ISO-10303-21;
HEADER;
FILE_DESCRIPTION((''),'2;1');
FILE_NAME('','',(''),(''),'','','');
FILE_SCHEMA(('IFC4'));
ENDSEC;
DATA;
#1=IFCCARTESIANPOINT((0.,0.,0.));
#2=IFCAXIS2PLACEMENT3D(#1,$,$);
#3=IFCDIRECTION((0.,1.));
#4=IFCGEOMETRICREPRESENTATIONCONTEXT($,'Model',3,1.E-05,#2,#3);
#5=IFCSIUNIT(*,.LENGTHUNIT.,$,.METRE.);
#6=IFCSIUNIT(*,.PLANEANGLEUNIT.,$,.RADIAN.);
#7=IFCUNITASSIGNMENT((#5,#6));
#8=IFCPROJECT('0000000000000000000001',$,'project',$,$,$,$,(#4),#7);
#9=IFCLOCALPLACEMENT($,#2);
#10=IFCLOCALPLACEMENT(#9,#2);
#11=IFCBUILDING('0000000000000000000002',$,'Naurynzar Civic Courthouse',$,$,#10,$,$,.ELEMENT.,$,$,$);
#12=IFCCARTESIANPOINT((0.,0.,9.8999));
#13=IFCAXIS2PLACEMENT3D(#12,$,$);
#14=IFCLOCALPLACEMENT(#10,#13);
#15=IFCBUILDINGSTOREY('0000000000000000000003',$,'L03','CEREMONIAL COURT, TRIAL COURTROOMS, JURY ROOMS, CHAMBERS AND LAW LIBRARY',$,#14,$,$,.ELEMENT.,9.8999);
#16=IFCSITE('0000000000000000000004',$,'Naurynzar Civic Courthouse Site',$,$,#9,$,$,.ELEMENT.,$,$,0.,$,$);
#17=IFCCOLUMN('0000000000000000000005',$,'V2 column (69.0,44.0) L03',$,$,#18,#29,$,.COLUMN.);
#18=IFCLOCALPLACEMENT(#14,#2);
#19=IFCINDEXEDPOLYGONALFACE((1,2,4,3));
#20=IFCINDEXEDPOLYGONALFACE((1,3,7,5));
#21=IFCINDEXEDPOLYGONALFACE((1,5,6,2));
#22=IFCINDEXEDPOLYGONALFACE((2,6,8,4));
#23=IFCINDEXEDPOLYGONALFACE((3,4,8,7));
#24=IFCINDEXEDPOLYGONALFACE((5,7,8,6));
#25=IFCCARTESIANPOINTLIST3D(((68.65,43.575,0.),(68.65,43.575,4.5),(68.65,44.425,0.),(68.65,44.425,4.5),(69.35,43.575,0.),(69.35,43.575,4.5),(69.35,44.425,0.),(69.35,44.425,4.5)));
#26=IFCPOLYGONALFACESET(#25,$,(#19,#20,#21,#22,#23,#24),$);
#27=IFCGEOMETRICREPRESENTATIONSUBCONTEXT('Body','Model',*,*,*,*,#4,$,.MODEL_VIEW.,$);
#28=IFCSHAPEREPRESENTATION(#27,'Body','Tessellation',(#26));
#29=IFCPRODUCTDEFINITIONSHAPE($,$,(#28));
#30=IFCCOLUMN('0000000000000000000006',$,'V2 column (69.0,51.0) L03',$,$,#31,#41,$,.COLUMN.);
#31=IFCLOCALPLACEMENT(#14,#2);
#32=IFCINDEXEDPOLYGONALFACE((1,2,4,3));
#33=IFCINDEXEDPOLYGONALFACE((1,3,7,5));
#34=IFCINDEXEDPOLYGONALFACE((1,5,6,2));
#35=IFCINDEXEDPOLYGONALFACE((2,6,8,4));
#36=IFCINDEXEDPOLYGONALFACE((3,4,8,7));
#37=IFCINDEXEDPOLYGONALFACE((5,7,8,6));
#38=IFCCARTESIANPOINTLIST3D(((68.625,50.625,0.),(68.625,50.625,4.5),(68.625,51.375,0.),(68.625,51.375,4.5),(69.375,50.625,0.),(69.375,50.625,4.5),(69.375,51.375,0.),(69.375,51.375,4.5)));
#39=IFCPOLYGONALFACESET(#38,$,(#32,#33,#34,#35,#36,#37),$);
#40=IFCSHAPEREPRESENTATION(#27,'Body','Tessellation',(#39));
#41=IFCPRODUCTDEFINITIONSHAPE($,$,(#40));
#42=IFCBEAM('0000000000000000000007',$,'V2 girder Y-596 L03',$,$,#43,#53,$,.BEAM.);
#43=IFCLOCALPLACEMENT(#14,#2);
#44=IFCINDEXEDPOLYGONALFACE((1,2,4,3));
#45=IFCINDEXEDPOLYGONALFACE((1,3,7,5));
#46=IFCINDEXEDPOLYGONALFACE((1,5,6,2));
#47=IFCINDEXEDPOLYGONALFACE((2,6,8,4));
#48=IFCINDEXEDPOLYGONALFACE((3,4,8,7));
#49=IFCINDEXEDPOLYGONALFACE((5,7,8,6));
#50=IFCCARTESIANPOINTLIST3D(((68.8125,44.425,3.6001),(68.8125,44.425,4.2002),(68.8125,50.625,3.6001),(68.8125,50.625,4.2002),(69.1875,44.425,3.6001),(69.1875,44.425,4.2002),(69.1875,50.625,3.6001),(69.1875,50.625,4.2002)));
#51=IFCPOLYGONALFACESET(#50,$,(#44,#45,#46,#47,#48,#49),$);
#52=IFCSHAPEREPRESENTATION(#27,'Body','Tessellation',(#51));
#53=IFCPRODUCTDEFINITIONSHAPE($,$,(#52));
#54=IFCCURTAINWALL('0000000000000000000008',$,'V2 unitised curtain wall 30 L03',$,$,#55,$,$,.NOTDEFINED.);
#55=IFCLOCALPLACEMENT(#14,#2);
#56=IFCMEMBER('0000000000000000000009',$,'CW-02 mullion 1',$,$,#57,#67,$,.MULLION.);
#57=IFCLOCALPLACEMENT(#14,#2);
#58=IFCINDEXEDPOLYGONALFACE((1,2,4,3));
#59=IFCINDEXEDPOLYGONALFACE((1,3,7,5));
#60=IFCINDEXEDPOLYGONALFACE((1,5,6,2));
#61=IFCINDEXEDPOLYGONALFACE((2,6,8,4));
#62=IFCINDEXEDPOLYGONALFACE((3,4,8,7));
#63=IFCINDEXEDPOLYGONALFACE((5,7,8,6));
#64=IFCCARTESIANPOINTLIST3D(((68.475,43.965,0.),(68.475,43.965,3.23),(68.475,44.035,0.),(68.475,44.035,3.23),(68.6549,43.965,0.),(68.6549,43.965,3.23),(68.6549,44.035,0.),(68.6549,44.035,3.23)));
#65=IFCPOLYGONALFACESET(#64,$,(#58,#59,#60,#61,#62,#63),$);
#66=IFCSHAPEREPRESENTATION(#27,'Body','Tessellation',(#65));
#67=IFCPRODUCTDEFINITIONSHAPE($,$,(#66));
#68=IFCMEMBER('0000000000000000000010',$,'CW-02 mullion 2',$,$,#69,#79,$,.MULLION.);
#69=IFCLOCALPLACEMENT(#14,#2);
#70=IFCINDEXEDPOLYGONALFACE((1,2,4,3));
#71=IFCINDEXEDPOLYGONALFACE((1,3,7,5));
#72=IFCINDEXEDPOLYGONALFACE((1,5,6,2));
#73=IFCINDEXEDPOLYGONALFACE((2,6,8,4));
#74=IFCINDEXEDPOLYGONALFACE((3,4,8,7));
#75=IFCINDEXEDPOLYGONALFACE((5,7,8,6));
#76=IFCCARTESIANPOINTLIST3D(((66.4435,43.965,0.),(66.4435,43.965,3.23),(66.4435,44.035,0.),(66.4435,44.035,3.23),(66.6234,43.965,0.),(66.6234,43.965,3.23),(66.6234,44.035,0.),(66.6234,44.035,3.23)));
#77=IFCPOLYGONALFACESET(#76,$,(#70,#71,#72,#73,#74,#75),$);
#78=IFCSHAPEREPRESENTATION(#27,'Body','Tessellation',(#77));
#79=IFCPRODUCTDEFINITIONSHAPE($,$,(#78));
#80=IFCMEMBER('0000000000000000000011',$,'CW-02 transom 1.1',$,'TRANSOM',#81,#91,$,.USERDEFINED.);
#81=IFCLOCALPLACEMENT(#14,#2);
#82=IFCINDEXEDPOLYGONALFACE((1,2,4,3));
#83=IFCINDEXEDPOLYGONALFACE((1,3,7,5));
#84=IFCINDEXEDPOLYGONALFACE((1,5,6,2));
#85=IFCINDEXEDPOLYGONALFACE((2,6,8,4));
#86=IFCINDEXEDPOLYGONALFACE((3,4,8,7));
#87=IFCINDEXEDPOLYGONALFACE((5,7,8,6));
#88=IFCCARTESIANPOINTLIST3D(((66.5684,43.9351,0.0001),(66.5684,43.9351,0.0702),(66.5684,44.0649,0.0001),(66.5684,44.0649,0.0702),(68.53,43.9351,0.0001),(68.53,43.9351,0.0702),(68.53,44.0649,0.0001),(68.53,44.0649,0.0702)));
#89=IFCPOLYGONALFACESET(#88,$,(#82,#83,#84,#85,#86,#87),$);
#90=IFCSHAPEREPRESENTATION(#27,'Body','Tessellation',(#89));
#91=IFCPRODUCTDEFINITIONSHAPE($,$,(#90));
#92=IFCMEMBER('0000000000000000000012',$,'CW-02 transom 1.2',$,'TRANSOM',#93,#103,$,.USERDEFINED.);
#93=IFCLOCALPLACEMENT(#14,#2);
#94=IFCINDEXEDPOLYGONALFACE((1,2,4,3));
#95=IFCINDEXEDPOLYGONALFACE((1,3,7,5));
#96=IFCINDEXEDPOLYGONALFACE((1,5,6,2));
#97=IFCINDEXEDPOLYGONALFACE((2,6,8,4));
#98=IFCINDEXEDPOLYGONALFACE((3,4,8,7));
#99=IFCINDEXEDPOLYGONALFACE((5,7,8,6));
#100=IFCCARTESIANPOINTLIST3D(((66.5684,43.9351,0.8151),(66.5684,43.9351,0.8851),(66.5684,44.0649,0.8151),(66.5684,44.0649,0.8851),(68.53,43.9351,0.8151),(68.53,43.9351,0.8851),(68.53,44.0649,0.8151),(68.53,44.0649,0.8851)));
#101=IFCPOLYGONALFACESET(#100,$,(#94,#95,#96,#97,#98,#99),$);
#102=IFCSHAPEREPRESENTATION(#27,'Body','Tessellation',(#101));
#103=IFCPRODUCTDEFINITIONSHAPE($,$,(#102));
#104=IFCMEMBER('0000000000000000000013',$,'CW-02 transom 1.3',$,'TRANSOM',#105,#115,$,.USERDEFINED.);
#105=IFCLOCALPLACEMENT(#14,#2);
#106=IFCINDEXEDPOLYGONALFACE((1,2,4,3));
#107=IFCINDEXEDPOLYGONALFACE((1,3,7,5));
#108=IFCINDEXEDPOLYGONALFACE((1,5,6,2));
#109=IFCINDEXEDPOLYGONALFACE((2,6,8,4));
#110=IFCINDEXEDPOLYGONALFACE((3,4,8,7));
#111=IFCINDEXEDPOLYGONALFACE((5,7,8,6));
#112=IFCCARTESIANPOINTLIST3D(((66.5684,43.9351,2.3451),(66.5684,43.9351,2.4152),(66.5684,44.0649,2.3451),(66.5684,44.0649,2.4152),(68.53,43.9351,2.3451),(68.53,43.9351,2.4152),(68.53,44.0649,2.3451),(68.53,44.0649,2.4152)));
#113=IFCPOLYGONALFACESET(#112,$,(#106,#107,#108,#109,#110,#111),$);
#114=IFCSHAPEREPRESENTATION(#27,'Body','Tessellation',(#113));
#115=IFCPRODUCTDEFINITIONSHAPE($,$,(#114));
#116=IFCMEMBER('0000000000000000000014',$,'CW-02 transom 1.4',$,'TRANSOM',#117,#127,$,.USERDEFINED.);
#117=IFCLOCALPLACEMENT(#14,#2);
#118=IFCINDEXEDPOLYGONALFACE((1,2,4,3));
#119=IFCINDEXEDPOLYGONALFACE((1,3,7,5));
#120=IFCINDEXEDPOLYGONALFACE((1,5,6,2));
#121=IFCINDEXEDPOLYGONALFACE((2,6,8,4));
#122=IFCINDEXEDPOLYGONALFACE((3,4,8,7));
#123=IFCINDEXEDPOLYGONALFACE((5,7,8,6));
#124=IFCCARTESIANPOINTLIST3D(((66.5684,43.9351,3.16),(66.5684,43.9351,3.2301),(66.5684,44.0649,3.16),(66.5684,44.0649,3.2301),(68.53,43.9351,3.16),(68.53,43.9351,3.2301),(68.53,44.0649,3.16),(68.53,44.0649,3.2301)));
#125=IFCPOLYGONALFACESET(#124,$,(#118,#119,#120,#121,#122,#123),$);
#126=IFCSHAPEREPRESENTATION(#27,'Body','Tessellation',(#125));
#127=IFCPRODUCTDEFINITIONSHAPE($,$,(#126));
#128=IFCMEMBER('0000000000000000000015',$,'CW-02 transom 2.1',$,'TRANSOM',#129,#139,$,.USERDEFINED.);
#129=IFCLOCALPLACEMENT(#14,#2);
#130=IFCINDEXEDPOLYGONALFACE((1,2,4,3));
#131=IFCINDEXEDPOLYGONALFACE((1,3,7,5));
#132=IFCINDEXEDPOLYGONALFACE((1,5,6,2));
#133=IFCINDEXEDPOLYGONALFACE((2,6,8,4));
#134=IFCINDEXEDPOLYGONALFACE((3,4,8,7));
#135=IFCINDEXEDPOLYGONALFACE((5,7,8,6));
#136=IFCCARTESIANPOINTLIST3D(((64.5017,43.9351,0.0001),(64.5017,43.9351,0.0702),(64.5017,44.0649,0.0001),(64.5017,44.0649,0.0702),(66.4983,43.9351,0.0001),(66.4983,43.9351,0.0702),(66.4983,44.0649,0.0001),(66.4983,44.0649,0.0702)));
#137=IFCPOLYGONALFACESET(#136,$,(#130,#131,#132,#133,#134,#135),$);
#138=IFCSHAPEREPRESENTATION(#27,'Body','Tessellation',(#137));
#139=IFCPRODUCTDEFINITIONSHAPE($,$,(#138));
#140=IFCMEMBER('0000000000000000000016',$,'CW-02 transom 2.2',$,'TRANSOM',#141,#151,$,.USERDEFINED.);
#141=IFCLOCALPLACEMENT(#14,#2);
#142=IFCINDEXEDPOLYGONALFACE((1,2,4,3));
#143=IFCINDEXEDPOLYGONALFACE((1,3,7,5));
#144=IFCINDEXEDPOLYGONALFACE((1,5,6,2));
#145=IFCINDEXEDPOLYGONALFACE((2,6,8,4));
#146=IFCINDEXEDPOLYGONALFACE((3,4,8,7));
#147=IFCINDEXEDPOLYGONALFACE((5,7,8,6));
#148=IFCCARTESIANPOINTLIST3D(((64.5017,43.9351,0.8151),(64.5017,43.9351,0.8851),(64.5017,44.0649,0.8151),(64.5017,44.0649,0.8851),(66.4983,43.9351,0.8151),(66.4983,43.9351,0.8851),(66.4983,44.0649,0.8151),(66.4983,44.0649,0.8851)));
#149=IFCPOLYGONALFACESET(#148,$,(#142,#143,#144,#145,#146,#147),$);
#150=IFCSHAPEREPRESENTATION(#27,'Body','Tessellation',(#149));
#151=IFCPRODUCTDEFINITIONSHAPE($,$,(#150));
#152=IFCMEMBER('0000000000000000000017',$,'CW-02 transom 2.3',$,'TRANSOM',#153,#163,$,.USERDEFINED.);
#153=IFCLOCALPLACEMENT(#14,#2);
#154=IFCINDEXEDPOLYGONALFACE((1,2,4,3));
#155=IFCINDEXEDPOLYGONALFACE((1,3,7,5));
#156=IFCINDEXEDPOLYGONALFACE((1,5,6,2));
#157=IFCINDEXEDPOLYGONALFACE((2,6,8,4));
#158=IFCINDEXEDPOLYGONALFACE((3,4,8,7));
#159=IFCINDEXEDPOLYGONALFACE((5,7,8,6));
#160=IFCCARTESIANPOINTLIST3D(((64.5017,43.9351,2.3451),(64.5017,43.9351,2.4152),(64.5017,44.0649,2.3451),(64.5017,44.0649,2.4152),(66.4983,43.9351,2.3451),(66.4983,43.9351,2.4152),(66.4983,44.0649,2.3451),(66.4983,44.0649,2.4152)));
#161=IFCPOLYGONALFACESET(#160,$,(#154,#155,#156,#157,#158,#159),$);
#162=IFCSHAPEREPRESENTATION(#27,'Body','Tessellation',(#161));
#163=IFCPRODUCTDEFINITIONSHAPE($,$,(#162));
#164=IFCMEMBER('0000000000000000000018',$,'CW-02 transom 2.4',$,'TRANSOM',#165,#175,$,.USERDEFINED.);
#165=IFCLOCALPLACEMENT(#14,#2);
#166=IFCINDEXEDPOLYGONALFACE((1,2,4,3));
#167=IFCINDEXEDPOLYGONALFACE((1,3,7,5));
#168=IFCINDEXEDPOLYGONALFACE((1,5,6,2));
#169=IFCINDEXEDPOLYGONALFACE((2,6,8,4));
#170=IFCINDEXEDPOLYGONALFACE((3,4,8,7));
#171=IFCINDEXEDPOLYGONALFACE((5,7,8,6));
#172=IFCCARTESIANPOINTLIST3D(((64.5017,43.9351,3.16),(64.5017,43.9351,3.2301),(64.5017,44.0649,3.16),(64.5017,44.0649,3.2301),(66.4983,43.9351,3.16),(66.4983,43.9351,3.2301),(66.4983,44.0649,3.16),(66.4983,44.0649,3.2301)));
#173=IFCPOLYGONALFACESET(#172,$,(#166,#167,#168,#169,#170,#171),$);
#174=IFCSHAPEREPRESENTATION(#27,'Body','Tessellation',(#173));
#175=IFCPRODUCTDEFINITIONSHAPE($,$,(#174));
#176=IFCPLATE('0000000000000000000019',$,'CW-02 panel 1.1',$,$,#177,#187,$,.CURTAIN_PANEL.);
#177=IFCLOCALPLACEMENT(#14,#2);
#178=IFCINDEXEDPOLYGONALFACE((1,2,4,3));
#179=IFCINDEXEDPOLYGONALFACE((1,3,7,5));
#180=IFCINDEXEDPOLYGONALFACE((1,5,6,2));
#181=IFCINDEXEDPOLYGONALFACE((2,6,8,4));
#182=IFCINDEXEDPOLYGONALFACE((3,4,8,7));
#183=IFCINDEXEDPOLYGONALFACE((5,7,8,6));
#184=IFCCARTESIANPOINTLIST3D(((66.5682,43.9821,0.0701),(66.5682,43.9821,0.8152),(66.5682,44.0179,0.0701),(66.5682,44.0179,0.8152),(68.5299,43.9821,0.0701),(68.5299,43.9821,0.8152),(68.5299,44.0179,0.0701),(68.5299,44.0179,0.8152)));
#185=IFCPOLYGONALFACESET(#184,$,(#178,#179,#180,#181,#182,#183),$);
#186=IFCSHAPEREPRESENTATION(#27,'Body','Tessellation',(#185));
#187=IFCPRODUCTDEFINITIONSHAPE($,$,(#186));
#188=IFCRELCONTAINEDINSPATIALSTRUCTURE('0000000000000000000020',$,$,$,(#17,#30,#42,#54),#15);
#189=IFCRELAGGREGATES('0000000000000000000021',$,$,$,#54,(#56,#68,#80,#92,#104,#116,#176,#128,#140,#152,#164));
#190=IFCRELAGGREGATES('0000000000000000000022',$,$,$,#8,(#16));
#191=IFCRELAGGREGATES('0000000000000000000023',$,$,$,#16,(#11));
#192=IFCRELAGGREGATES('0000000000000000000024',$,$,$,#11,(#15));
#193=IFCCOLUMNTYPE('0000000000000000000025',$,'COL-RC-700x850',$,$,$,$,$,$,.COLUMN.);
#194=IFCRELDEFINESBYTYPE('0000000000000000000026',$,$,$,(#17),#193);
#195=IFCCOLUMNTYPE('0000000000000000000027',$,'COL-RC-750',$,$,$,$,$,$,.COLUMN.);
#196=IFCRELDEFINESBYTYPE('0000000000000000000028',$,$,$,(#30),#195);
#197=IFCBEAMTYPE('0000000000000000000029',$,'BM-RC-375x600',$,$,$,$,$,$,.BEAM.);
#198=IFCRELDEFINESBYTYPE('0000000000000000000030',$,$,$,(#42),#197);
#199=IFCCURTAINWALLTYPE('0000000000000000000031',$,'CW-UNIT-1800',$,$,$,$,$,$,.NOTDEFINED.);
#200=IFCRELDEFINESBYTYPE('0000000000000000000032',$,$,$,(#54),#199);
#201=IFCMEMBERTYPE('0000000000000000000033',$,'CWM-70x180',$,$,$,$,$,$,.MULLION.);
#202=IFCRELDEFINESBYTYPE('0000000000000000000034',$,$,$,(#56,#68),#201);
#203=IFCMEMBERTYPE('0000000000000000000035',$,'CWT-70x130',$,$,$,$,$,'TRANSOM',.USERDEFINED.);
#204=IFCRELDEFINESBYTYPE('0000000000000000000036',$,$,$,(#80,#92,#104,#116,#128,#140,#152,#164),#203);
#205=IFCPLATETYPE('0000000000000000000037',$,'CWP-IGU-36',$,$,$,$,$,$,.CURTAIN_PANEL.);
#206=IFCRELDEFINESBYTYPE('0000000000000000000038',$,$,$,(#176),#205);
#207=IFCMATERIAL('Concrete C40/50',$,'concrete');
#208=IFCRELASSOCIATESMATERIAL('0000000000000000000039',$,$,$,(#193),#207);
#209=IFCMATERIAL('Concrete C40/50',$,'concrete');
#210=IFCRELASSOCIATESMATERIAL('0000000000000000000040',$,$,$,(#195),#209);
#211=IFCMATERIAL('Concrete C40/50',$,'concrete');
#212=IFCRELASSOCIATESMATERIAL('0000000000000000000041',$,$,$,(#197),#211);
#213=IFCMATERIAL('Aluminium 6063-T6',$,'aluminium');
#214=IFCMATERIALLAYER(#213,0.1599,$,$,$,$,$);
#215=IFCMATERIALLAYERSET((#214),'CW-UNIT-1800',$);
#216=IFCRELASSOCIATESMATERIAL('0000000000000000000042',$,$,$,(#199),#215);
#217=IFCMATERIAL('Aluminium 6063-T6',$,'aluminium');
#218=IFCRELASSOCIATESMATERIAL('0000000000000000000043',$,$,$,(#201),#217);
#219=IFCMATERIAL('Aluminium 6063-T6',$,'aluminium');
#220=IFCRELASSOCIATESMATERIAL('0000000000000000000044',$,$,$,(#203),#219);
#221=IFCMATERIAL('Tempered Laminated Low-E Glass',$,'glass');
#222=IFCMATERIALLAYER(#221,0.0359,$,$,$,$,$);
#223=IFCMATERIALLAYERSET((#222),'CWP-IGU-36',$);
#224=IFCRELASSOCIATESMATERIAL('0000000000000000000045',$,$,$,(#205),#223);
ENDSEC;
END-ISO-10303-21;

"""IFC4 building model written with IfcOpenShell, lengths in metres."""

from ifc_helpers import new_model, si_unit, direction, frame, origin, origin_2d, place, context, subcontext, project, spatial, rectangle, extrude, material, layer, layer_set, material_profile, profile_set, type_object, element, aggregate, save


model = new_model("IFC4")

# Units and contexts
model_context = context("Model", 3, precision=1e-05, world=origin(), true_north=direction((0.0, 1.0)))
body_context = subcontext(model_context, "Body", "Model", "MODEL_VIEW")
ifc_project = project(units=[si_unit("LENGTHUNIT", "METRE"), si_unit("PLANEANGLEUNIT", "RADIAN")], contexts=[model_context])

# Site, building, storey
site_placement = place(None, origin())
site = spatial("IfcSite", under=ifc_project, at=site_placement, Name="Naurynzar Civic Courthouse Site", CompositionType="ELEMENT", RefElevation=0.0)
building_placement = place(site_placement, origin())
building = spatial("IfcBuilding", under=site, at=building_placement, Name="Naurynzar Civic Courthouse", CompositionType="ELEMENT")
storey_placement = place(building_placement, frame((0.0, 0.0, 9.8999)))
storey = spatial("IfcBuildingStorey", under=building, at=storey_placement, Name="L03", Description="CEREMONIAL COURT, TRIAL COURTROOMS, JURY ROOMS, CHAMBERS AND LAW LIBRARY", CompositionType="ELEMENT", Elevation=9.8999)

# Columns
ifc_material_1 = material(Name="Concrete C40/50", Category="concrete")
ifc_material_profile_1 = material_profile(ifc_material_1, rectangle(XDim=0.7, YDim=0.8501, at=origin_2d()), Name="RC 700x850")
ifc_profile_set_1 = profile_set([ifc_material_profile_1], Name="Concrete C40/50")
column_type_1 = type_object("IfcColumnType", Name="COL-RC-700x850", PredefinedType="COLUMN", material=ifc_profile_set_1)
column_1_placement = place(storey_placement, frame((69.0, 44.0, 0.0), z_axis=(0.0, 0.0, 1.0), x_axis=(1.0, 0.0, 0.0)))
element("IfcColumn", 1, at=column_1_placement, inside=storey, type_object=column_type_1, Name="V2 column (69.0,44.0) L03", PredefinedType="COLUMN", context=body_context, shape_type="SweptSolid", body=[
    extrude(rectangle(XDim=0.7, YDim=0.8501, at=origin_2d()), origin(), (0.0, 0.0, 1.0), 4.5),
])
ifc_material_2 = material(Name="Concrete C40/50", Category="concrete")
ifc_material_profile_2 = material_profile(ifc_material_2, rectangle(XDim=0.75, YDim=0.75, at=origin_2d()), Name="RC 750x750")
ifc_profile_set_2 = profile_set([ifc_material_profile_2], Name="Concrete C40/50")
column_type_2 = type_object("IfcColumnType", Name="COL-RC-750", PredefinedType="COLUMN", material=ifc_profile_set_2)
column_2_placement = place(storey_placement, frame((69.0, 51.0, 0.0), z_axis=(0.0, 0.0, 1.0), x_axis=(1.0, 0.0, 0.0)))
element("IfcColumn", 2, at=column_2_placement, inside=storey, type_object=column_type_2, Name="V2 column (69.0,51.0) L03", PredefinedType="COLUMN", context=body_context, shape_type="SweptSolid", body=[
    extrude(rectangle(XDim=0.75, YDim=0.75, at=origin_2d()), origin(), (0.0, 0.0, 1.0), 4.5),
])

# Beam
ifc_material_3 = material(Name="Concrete C40/50", Category="concrete")
ifc_material_profile_3 = material_profile(ifc_material_3, rectangle(XDim=0.375, YDim=0.6001, at=origin_2d()), Name="RCB 375x600")
ifc_profile_set_3 = profile_set([ifc_material_profile_3], Name="Concrete C40/50")
beam_type = type_object("IfcBeamType", Name="BM-RC-375x600", PredefinedType="BEAM", material=ifc_profile_set_3)
beam_placement = place(storey_placement, frame((69.0, 44.425, 3.9001), z_axis=(0.0, 1.0, 0.0), x_axis=(-1.0, 0.0, 0.0)))
element("IfcBeam", 3, at=beam_placement, inside=storey, type_object=beam_type, Name="V2 girder Y-596 L03", PredefinedType="BEAM", context=body_context, shape_type="SweptSolid", body=[
    extrude(rectangle(XDim=0.375, YDim=0.6001, at=origin_2d()), origin(), (0.0, 0.0, 1.0), 6.2),
])

# Curtain wall, members, plate
ifc_material_4 = material(Name="Aluminium 6063-T6", Category="aluminium")
ifc_layer_1 = layer(ifc_material_4, 0.1599)
ifc_layer_set_1 = layer_set([ifc_layer_1], Name="CW-UNIT-1800")
curtain_wall_type = type_object("IfcCurtainWallType", Name="CW-UNIT-1800", PredefinedType="NOTDEFINED", material=ifc_layer_set_1)
curtain_wall_placement = place(storey_placement, origin())
curtain_wall = element("IfcCurtainWall", 4, at=curtain_wall_placement, inside=storey, type_object=curtain_wall_type, Name="V2 unitised curtain wall 30 L03", PredefinedType="NOTDEFINED")
ifc_material_5 = material(Name="Aluminium 6063-T6", Category="aluminium")
ifc_material_profile_4 = material_profile(ifc_material_5, rectangle(XDim=0.0701, YDim=0.1799, at=origin_2d()), Name="ALU MULLION 70x180")
ifc_profile_set_4 = profile_set([ifc_material_profile_4], Name="Aluminium 6063-T6")
member_type_1 = type_object("IfcMemberType", Name="CWM-70x180", PredefinedType="MULLION", material=ifc_profile_set_4)
member_1_placement = place(storey_placement, frame((68.5649, 44.0, 0.0), z_axis=(0.0, 0.0, 1.0), x_axis=(0.0, -1.0, 0.0)))
member_1 = element("IfcMember", 5, at=member_1_placement, type_object=member_type_1, Name="CW-02 mullion 1", PredefinedType="MULLION", context=body_context, shape_type="SweptSolid", body=[
    extrude(rectangle(XDim=0.0701, YDim=0.1799, at=origin_2d()), origin(), (0.0, 0.0, 1.0), 3.23),
])
member_2_placement = place(storey_placement, frame((66.5334, 44.0, 0.0), z_axis=(0.0, 0.0, 1.0), x_axis=(0.0, -1.0, 0.0)))
member_2 = element("IfcMember", 6, at=member_2_placement, type_object=member_type_1, Name="CW-02 mullion 2", PredefinedType="MULLION", context=body_context, shape_type="SweptSolid", body=[
    extrude(rectangle(XDim=0.0701, YDim=0.1799, at=origin_2d()), origin(), (0.0, 0.0, 1.0), 3.23),
])
ifc_material_6 = material(Name="Aluminium 6063-T6", Category="aluminium")
ifc_material_profile_5 = material_profile(ifc_material_6, rectangle(XDim=0.1299, YDim=0.0701, at=origin_2d()), Name="ALU TRANSOM 70x130")
ifc_profile_set_5 = profile_set([ifc_material_profile_5], Name="Aluminium 6063-T6")
member_type_2 = type_object("IfcMemberType", Name="CWT-70x130", ElementType="TRANSOM", PredefinedType="USERDEFINED", material=ifc_profile_set_5)
member_3_placement = place(storey_placement, frame((68.53, 44.0, 0.0352), z_axis=(-1.0, 0.0, 0.0), x_axis=(0.0, -1.0, 0.0)))
member_3 = element("IfcMember", 7, at=member_3_placement, type_object=member_type_2, Name="CW-02 transom 1.1", ObjectType="TRANSOM", PredefinedType="USERDEFINED", context=body_context, shape_type="SweptSolid", body=[
    extrude(rectangle(XDim=0.1299, YDim=0.0701, at=origin_2d()), origin(), (0.0, 0.0, 1.0), 1.9617),
])
member_4_placement = place(storey_placement, frame((68.53, 44.0, 0.8501), z_axis=(-1.0, 0.0, 0.0), x_axis=(0.0, -1.0, 0.0)))
member_4 = element("IfcMember", 8, at=member_4_placement, type_object=member_type_2, Name="CW-02 transom 1.2", ObjectType="TRANSOM", PredefinedType="USERDEFINED", context=body_context, shape_type="SweptSolid", body=[
    extrude(rectangle(XDim=0.1299, YDim=0.0701, at=origin_2d()), origin(), (0.0, 0.0, 1.0), 1.9617),
])
member_5_placement = place(storey_placement, frame((68.53, 44.0, 2.3801), z_axis=(-1.0, 0.0, 0.0), x_axis=(0.0, -1.0, 0.0)))
member_5 = element("IfcMember", 9, at=member_5_placement, type_object=member_type_2, Name="CW-02 transom 1.3", ObjectType="TRANSOM", PredefinedType="USERDEFINED", context=body_context, shape_type="SweptSolid", body=[
    extrude(rectangle(XDim=0.1299, YDim=0.0701, at=origin_2d()), origin(), (0.0, 0.0, 1.0), 1.9617),
])
member_6_placement = place(storey_placement, frame((68.53, 44.0, 3.1951), z_axis=(-1.0, 0.0, 0.0), x_axis=(0.0, -1.0, 0.0)))
member_6 = element("IfcMember", 10, at=member_6_placement, type_object=member_type_2, Name="CW-02 transom 1.4", ObjectType="TRANSOM", PredefinedType="USERDEFINED", context=body_context, shape_type="SweptSolid", body=[
    extrude(rectangle(XDim=0.1299, YDim=0.0701, at=origin_2d()), origin(), (0.0, 0.0, 1.0), 1.9617),
])
member_7_placement = place(storey_placement, frame((66.4983, 44.0, 0.0352), z_axis=(-1.0, 0.0, 0.0), x_axis=(0.0, -1.0, 0.0)))
member_7 = element("IfcMember", 11, at=member_7_placement, type_object=member_type_2, Name="CW-02 transom 2.1", ObjectType="TRANSOM", PredefinedType="USERDEFINED", context=body_context, shape_type="SweptSolid", body=[
    extrude(rectangle(XDim=0.1299, YDim=0.0701, at=origin_2d()), origin(), (0.0, 0.0, 1.0), 1.9966),
])
member_8_placement = place(storey_placement, frame((66.4983, 44.0, 0.8501), z_axis=(-1.0, 0.0, 0.0), x_axis=(0.0, -1.0, 0.0)))
member_8 = element("IfcMember", 12, at=member_8_placement, type_object=member_type_2, Name="CW-02 transom 2.2", ObjectType="TRANSOM", PredefinedType="USERDEFINED", context=body_context, shape_type="SweptSolid", body=[
    extrude(rectangle(XDim=0.1299, YDim=0.0701, at=origin_2d()), origin(), (0.0, 0.0, 1.0), 1.9966),
])
member_9_placement = place(storey_placement, frame((66.4983, 44.0, 2.3801), z_axis=(-1.0, 0.0, 0.0), x_axis=(0.0, -1.0, 0.0)))
member_9 = element("IfcMember", 13, at=member_9_placement, type_object=member_type_2, Name="CW-02 transom 2.3", ObjectType="TRANSOM", PredefinedType="USERDEFINED", context=body_context, shape_type="SweptSolid", body=[
    extrude(rectangle(XDim=0.1299, YDim=0.0701, at=origin_2d()), origin(), (0.0, 0.0, 1.0), 1.9966),
])
member_10_placement = place(storey_placement, frame((66.4983, 44.0, 3.1951), z_axis=(-1.0, 0.0, 0.0), x_axis=(0.0, -1.0, 0.0)))
member_10 = element("IfcMember", 14, at=member_10_placement, type_object=member_type_2, Name="CW-02 transom 2.4", ObjectType="TRANSOM", PredefinedType="USERDEFINED", context=body_context, shape_type="SweptSolid", body=[
    extrude(rectangle(XDim=0.1299, YDim=0.0701, at=origin_2d()), origin(), (0.0, 0.0, 1.0), 1.9966),
])
ifc_material_7 = material(Name="Tempered Laminated Low-E Glass", Category="glass")
ifc_layer_2 = layer(ifc_material_7, 0.0359)
ifc_layer_set_2 = layer_set([ifc_layer_2], Name="CWP-IGU-36")
plate_type = type_object("IfcPlateType", Name="CWP-IGU-36", PredefinedType="CURTAIN_PANEL", material=ifc_layer_set_2)
plate_1_placement = place(storey_placement, frame((67.5491, 44.0, 0.0701), z_axis=(0.0, 0.0, 1.0), x_axis=(-1.0, 0.0, 0.0)))
plate_1 = element("IfcPlate", 15, at=plate_1_placement, type_object=plate_type, Name="CW-02 panel 1.1", PredefinedType="CURTAIN_PANEL", context=body_context, shape_type="SweptSolid", body=[
    extrude(rectangle(XDim=1.9617, YDim=0.0359, at=origin_2d()), origin(), (0.0, 0.0, 1.0), 0.7451),
])
aggregate(curtain_wall, [member_1, member_2, member_3, member_4, member_5, member_6, plate_1, member_7, member_8, member_9, member_10])

save(model, "model.ifc")
